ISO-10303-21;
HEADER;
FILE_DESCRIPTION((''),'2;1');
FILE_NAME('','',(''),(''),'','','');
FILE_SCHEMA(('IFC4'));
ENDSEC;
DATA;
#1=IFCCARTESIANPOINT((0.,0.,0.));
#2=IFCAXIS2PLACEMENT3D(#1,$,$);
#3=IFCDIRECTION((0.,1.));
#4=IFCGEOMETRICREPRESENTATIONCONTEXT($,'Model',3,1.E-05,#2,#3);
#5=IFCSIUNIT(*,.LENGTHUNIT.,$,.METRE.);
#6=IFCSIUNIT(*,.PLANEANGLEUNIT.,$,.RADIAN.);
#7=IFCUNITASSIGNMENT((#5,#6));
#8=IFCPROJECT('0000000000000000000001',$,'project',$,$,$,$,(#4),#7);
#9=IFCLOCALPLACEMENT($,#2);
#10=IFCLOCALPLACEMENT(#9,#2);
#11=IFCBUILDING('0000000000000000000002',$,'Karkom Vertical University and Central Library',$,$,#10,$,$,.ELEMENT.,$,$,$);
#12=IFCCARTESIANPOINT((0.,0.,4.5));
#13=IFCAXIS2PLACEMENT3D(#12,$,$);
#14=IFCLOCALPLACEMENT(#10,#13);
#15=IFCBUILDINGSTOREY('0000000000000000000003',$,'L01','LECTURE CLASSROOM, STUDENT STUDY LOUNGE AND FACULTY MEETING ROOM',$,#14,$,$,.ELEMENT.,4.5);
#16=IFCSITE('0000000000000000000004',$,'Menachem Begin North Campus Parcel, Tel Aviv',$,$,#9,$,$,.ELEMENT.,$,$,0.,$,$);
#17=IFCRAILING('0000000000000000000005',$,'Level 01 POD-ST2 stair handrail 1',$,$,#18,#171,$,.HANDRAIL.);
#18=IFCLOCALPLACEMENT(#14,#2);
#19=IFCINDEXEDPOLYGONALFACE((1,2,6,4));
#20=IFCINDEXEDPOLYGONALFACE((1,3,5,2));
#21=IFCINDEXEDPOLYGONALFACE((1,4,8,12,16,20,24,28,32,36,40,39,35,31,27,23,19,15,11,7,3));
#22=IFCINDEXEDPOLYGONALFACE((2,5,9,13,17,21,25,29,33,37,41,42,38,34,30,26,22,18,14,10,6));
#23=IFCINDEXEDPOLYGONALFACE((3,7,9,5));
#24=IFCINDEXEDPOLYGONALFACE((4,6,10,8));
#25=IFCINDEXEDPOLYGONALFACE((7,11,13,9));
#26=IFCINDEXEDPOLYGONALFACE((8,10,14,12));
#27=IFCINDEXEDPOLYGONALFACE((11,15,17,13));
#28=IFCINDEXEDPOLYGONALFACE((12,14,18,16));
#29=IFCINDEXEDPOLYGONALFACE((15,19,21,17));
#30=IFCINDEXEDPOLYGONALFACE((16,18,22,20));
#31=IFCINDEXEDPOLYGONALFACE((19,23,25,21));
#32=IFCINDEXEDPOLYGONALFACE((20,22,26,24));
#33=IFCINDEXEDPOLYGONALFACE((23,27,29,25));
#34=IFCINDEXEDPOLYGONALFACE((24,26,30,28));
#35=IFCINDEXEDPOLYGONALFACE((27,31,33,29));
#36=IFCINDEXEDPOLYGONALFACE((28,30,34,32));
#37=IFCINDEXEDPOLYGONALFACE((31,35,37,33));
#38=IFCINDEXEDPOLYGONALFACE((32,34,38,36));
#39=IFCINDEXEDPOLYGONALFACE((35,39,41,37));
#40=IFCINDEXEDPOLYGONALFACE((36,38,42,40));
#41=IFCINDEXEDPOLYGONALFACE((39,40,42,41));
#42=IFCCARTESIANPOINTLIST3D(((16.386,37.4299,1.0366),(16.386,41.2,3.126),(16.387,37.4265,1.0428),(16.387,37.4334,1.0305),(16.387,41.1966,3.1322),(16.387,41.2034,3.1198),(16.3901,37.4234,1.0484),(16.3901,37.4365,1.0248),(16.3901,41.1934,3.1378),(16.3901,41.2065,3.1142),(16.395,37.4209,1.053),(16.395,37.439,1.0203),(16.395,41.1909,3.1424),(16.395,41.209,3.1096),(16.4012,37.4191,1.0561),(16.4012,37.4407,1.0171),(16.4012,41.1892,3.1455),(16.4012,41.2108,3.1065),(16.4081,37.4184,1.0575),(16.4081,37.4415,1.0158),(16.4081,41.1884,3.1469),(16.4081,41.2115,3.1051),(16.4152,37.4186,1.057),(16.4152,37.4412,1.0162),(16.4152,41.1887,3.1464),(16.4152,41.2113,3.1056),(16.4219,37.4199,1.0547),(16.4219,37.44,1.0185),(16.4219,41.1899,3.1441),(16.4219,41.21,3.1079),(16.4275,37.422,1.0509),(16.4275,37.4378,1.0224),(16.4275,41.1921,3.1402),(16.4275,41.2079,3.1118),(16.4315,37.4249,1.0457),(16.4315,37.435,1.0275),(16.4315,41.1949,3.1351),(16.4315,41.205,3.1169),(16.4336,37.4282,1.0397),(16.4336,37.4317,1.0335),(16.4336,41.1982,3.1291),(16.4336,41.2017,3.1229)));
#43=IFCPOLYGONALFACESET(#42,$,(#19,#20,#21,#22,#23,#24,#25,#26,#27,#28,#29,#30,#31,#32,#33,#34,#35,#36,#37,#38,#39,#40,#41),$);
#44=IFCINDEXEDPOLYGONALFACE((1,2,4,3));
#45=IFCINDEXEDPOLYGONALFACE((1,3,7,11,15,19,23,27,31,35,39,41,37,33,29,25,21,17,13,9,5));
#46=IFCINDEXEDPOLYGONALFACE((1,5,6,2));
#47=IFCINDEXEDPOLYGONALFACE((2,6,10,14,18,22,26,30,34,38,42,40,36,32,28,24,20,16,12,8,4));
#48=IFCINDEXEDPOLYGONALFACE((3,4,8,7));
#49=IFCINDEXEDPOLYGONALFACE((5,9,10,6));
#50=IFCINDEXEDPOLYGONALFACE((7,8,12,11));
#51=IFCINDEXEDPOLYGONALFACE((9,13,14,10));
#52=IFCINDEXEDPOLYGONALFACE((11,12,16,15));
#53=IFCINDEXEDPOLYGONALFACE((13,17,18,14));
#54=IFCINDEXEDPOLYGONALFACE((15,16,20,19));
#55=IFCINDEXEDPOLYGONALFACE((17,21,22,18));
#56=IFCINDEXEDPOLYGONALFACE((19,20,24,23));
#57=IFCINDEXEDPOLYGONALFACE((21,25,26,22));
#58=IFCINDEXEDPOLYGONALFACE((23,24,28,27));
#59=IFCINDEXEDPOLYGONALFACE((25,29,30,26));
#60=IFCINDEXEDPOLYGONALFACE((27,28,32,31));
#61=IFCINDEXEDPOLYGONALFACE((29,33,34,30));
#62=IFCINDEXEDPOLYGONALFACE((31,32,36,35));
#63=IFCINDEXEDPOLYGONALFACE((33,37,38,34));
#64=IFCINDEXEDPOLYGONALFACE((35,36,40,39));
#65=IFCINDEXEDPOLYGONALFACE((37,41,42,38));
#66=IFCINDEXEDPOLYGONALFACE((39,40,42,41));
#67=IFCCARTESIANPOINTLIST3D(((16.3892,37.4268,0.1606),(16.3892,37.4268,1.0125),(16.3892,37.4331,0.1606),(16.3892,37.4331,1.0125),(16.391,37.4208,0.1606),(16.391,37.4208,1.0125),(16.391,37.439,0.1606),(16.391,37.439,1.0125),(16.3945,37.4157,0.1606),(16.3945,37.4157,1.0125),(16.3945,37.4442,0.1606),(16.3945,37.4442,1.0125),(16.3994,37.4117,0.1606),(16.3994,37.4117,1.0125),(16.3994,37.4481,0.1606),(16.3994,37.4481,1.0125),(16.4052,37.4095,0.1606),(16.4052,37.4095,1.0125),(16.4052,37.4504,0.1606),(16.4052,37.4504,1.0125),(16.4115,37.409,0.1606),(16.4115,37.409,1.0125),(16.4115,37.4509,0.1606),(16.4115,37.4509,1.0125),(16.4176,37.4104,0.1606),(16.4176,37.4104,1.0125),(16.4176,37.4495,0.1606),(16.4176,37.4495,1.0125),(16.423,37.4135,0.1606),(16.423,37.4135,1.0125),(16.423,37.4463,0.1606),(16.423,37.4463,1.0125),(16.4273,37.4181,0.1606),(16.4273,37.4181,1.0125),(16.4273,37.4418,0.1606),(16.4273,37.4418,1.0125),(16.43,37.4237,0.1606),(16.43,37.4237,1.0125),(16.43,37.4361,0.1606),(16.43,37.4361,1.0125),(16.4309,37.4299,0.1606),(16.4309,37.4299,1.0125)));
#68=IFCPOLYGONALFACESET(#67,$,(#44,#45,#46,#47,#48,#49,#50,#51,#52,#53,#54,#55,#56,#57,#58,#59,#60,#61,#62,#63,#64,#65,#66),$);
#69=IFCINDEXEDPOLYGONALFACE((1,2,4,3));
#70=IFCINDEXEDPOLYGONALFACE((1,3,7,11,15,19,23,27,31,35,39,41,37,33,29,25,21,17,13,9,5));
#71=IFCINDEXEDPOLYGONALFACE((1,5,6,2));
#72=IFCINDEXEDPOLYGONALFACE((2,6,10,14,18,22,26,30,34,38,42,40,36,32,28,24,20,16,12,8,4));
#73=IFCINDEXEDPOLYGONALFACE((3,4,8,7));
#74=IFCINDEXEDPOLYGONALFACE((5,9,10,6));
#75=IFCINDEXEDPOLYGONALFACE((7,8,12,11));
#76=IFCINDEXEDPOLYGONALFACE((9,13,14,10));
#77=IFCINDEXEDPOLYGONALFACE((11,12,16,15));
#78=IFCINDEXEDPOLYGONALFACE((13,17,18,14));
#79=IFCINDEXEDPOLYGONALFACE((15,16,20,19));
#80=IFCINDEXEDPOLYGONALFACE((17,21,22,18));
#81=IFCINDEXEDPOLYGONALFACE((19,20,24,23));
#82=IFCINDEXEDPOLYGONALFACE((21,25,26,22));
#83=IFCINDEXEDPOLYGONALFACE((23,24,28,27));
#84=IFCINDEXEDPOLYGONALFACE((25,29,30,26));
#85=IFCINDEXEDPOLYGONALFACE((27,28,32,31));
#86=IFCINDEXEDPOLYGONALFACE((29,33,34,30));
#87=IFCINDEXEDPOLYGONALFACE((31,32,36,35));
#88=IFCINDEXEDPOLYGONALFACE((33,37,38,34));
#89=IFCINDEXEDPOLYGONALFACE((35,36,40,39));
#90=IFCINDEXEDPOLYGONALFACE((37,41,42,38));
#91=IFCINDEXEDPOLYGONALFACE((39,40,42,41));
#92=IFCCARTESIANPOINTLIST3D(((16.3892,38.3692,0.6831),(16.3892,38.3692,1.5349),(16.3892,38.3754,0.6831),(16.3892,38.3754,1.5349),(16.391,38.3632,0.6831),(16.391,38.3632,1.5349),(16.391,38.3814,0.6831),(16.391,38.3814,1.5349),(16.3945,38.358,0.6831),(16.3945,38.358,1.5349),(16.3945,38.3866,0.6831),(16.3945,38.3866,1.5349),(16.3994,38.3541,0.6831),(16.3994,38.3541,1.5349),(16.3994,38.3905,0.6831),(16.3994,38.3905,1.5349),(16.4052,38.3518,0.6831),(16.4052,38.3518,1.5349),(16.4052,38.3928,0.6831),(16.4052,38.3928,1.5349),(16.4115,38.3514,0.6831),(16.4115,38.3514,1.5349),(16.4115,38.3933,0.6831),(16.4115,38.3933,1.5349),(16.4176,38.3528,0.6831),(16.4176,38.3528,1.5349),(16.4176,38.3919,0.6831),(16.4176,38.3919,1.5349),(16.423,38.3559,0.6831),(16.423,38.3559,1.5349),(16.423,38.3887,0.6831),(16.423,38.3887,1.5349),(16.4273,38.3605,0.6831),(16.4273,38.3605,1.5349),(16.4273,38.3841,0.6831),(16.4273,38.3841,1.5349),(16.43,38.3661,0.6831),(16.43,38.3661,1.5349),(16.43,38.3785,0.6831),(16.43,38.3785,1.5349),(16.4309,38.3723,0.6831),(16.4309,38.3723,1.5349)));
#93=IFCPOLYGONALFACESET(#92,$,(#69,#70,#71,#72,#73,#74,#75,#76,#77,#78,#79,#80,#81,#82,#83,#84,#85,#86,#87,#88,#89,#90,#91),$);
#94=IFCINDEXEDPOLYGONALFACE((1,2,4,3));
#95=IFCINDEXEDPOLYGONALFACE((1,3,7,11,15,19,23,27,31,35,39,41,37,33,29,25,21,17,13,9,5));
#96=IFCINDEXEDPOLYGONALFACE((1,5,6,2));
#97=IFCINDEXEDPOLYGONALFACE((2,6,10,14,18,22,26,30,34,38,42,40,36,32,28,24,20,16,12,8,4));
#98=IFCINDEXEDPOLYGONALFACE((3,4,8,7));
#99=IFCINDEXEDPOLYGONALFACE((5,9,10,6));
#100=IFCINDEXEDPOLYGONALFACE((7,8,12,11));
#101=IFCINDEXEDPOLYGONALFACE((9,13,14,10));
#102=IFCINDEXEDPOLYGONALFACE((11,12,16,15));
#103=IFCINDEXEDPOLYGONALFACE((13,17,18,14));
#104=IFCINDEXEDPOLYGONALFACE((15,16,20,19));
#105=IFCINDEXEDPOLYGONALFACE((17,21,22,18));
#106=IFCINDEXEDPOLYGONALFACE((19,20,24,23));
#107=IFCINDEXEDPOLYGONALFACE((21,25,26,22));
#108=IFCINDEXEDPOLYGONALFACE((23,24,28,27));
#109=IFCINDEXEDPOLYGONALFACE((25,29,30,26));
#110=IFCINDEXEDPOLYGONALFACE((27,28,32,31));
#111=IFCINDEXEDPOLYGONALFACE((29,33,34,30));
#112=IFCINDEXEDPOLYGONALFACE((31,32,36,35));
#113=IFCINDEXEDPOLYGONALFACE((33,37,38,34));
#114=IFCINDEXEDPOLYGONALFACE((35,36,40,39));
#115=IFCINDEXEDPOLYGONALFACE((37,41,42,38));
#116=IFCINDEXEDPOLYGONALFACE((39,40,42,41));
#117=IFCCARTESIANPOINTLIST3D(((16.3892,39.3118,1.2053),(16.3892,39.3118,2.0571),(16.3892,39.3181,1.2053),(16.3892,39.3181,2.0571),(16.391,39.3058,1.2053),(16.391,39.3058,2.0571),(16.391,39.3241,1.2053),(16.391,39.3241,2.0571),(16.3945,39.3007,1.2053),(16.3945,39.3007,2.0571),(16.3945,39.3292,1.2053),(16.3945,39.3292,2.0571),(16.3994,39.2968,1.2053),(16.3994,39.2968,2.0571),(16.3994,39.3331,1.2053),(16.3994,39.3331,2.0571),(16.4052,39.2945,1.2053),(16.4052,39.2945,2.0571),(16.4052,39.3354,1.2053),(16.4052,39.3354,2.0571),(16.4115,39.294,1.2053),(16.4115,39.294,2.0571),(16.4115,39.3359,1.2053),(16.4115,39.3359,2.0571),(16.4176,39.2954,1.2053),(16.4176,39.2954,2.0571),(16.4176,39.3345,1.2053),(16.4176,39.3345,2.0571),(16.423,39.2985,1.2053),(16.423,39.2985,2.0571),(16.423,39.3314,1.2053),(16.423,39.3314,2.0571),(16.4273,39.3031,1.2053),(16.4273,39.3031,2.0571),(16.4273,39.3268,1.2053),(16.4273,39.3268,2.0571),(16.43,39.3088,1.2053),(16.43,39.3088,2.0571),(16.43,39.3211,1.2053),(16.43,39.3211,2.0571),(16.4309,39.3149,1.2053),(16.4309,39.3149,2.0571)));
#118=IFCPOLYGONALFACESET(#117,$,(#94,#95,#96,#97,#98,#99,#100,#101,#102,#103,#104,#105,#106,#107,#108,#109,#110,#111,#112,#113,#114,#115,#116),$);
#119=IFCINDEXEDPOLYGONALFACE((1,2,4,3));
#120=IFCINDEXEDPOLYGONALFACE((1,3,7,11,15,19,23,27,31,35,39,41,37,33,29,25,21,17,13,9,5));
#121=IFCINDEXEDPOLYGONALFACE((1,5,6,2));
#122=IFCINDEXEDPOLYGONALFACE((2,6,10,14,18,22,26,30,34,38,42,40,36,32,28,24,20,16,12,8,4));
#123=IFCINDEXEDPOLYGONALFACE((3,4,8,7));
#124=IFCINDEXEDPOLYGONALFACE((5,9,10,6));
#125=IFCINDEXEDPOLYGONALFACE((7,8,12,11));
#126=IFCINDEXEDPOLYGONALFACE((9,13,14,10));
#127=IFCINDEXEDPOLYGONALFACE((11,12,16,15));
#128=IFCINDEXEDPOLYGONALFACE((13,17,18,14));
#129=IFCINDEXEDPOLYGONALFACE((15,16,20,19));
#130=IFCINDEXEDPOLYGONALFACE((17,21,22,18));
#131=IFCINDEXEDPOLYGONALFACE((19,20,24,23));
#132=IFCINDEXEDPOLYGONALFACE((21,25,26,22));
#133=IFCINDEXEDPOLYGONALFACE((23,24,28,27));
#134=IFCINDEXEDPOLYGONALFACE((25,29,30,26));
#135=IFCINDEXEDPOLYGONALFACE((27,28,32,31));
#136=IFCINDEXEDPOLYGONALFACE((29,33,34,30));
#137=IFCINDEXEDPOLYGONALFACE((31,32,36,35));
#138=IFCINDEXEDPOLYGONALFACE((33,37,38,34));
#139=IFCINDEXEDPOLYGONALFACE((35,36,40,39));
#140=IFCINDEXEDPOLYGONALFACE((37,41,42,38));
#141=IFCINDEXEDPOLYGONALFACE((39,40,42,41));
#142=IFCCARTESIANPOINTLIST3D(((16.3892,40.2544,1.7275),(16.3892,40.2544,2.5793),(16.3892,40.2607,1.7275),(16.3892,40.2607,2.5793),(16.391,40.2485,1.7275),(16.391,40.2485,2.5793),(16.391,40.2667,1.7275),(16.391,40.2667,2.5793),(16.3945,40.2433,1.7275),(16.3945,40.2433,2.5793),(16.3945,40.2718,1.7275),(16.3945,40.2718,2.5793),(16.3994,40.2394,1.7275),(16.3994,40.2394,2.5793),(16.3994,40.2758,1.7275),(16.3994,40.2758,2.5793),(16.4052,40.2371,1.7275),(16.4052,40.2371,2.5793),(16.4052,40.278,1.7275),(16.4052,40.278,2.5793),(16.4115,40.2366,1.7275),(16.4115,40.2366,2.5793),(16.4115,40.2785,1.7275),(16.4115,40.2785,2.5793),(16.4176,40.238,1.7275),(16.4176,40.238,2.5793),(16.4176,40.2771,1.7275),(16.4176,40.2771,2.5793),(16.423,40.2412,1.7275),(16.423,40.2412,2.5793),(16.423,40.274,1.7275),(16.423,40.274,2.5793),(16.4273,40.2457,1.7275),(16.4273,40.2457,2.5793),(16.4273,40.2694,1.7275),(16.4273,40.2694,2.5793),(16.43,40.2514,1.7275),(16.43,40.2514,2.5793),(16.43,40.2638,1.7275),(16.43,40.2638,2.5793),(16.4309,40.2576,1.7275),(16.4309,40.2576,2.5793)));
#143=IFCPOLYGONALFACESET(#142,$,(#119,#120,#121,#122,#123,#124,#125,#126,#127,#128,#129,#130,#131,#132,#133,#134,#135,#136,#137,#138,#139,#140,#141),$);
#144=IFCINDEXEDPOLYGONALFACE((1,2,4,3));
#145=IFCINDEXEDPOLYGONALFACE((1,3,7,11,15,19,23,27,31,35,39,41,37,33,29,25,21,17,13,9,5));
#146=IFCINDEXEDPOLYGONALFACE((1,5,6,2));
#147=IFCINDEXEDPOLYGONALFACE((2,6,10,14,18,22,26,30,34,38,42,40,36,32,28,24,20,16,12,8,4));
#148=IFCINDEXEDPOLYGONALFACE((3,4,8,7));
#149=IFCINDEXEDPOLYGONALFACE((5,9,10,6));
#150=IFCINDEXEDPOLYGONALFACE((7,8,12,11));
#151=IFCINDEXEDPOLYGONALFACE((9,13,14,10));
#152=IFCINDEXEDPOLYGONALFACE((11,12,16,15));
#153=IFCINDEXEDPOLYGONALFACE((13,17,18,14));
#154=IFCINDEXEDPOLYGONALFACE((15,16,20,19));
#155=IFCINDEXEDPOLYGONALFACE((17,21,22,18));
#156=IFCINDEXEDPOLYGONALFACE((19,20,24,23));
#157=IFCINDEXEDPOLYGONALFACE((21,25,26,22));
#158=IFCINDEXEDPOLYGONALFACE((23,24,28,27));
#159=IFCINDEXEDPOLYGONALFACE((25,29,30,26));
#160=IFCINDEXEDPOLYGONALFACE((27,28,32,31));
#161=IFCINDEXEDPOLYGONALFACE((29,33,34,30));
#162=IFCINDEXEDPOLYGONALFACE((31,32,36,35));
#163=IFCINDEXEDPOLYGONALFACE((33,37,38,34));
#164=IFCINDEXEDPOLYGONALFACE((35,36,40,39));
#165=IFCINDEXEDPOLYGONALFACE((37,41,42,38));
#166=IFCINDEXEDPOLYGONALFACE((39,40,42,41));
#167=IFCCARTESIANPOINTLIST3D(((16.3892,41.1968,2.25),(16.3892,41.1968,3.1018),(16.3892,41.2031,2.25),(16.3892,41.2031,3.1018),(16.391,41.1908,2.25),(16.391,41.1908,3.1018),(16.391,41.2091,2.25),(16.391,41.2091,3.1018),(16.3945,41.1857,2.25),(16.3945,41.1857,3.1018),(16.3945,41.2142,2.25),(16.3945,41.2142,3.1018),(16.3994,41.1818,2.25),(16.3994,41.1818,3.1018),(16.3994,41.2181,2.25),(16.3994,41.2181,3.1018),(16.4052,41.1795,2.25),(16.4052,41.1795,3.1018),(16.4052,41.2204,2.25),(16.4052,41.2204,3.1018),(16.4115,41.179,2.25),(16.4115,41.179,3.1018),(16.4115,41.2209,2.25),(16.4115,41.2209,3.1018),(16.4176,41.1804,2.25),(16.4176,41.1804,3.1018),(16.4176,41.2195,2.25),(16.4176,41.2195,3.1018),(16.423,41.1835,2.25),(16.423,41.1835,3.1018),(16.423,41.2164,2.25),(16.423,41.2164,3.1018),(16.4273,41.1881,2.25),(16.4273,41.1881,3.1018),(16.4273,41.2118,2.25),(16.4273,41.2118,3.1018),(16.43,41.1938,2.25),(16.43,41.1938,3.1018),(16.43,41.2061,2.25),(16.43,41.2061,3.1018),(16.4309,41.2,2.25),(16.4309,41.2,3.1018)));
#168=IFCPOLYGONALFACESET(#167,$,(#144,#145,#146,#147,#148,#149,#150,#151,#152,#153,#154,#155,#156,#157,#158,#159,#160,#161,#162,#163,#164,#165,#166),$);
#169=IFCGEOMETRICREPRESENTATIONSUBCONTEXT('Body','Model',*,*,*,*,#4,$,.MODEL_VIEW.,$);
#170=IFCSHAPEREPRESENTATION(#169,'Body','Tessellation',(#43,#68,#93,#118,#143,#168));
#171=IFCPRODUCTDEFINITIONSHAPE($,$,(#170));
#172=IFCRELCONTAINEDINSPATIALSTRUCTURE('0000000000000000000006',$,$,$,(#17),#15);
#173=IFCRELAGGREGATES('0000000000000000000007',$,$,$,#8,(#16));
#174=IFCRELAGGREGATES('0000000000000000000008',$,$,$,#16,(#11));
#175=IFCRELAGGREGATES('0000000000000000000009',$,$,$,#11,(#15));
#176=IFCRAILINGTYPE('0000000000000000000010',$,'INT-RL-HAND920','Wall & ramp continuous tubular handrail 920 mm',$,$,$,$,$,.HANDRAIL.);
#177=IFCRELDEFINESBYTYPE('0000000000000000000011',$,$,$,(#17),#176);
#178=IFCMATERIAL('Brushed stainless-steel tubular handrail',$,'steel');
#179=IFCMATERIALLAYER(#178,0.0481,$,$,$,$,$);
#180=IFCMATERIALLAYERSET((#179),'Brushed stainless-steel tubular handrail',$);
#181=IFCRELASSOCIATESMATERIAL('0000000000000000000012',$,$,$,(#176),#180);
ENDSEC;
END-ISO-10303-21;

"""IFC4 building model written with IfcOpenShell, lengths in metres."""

from ifc_helpers import new_model, si_unit, direction, frame, origin, origin_2d, place, context, subcontext, project, spatial, circle, extrude, material, layer, layer_set, type_object, element, save


model = new_model("IFC4")

# Units and contexts
model_context = context("Model", 3, precision=1e-05, world=origin(), true_north=direction((0.0, 1.0)))
body_context = subcontext(model_context, "Body", "Model", "MODEL_VIEW")
ifc_project = project(units=[si_unit("LENGTHUNIT", "METRE"), si_unit("PLANEANGLEUNIT", "RADIAN")], contexts=[model_context])

# Site, building, storey
site_placement = place(None, origin())
site = spatial("IfcSite", under=ifc_project, at=site_placement, Name="Menachem Begin North Campus Parcel, Tel Aviv", CompositionType="ELEMENT", RefElevation=0.0)
building_placement = place(site_placement, origin())
building = spatial("IfcBuilding", under=site, at=building_placement, Name="Karkom Vertical University and Central Library", CompositionType="ELEMENT")
storey_placement = place(building_placement, frame((0.0, 0.0, 4.5)))
storey = spatial("IfcBuildingStorey", under=building, at=storey_placement, Name="L01", Description="LECTURE CLASSROOM, STUDENT STUDY LOUNGE AND FACULTY MEETING ROOM", CompositionType="ELEMENT", Elevation=4.5)

# Railing
ifc_material_1 = material(Name="Brushed stainless-steel tubular handrail", Category="steel")
ifc_layer_1 = layer(ifc_material_1, 0.0481)
ifc_layer_set_1 = layer_set([ifc_layer_1], Name="Brushed stainless-steel tubular handrail")
railing_type_1 = type_object("IfcRailingType", Name="INT-RL-HAND920", Description="Wall & ramp continuous tubular handrail 920 mm", PredefinedType="HANDRAIL", material=ifc_layer_set_1)
railing_1_placement = place(storey_placement, frame((16.4099, 37.4299, 0.1606)))
element("IfcRailing", 1, at=railing_1_placement, inside=storey, type_object=railing_type_1, Name="Level 01 POD-ST2 stair handrail 1", PredefinedType="HANDRAIL", context=body_context, shape_type="SweptSolid", body=[
    extrude(circle(Radius=0.0239, at=origin_2d()), frame((0.0, 0.0, 0.876), z_axis=(0.0, 0.874659, 0.484739), x_axis=(-1.0, 0.0, 0.0)), (0.0, 0.0, 1.0), 4.3103),
    extrude(circle(Radius=0.021, at=origin_2d()), origin(), (0.0, 0.0, 1.0), 0.8518),
    extrude(circle(Radius=0.021, at=origin_2d()), frame((0.0, 0.9424, 0.5225)), (0.0, 0.0, 1.0), 0.8518),
    extrude(circle(Radius=0.021, at=origin_2d()), frame((0.0, 1.885, 1.0447)), (0.0, 0.0, 1.0), 0.8518),
    extrude(circle(Radius=0.021, at=origin_2d()), frame((0.0, 2.8276, 1.5669)), (0.0, 0.0, 1.0), 0.8518),
    extrude(circle(Radius=0.021, at=origin_2d()), frame((0.0, 3.77, 2.0894)), (0.0, 0.0, 1.0), 0.8518),
])

save(model, "model.ifc")
